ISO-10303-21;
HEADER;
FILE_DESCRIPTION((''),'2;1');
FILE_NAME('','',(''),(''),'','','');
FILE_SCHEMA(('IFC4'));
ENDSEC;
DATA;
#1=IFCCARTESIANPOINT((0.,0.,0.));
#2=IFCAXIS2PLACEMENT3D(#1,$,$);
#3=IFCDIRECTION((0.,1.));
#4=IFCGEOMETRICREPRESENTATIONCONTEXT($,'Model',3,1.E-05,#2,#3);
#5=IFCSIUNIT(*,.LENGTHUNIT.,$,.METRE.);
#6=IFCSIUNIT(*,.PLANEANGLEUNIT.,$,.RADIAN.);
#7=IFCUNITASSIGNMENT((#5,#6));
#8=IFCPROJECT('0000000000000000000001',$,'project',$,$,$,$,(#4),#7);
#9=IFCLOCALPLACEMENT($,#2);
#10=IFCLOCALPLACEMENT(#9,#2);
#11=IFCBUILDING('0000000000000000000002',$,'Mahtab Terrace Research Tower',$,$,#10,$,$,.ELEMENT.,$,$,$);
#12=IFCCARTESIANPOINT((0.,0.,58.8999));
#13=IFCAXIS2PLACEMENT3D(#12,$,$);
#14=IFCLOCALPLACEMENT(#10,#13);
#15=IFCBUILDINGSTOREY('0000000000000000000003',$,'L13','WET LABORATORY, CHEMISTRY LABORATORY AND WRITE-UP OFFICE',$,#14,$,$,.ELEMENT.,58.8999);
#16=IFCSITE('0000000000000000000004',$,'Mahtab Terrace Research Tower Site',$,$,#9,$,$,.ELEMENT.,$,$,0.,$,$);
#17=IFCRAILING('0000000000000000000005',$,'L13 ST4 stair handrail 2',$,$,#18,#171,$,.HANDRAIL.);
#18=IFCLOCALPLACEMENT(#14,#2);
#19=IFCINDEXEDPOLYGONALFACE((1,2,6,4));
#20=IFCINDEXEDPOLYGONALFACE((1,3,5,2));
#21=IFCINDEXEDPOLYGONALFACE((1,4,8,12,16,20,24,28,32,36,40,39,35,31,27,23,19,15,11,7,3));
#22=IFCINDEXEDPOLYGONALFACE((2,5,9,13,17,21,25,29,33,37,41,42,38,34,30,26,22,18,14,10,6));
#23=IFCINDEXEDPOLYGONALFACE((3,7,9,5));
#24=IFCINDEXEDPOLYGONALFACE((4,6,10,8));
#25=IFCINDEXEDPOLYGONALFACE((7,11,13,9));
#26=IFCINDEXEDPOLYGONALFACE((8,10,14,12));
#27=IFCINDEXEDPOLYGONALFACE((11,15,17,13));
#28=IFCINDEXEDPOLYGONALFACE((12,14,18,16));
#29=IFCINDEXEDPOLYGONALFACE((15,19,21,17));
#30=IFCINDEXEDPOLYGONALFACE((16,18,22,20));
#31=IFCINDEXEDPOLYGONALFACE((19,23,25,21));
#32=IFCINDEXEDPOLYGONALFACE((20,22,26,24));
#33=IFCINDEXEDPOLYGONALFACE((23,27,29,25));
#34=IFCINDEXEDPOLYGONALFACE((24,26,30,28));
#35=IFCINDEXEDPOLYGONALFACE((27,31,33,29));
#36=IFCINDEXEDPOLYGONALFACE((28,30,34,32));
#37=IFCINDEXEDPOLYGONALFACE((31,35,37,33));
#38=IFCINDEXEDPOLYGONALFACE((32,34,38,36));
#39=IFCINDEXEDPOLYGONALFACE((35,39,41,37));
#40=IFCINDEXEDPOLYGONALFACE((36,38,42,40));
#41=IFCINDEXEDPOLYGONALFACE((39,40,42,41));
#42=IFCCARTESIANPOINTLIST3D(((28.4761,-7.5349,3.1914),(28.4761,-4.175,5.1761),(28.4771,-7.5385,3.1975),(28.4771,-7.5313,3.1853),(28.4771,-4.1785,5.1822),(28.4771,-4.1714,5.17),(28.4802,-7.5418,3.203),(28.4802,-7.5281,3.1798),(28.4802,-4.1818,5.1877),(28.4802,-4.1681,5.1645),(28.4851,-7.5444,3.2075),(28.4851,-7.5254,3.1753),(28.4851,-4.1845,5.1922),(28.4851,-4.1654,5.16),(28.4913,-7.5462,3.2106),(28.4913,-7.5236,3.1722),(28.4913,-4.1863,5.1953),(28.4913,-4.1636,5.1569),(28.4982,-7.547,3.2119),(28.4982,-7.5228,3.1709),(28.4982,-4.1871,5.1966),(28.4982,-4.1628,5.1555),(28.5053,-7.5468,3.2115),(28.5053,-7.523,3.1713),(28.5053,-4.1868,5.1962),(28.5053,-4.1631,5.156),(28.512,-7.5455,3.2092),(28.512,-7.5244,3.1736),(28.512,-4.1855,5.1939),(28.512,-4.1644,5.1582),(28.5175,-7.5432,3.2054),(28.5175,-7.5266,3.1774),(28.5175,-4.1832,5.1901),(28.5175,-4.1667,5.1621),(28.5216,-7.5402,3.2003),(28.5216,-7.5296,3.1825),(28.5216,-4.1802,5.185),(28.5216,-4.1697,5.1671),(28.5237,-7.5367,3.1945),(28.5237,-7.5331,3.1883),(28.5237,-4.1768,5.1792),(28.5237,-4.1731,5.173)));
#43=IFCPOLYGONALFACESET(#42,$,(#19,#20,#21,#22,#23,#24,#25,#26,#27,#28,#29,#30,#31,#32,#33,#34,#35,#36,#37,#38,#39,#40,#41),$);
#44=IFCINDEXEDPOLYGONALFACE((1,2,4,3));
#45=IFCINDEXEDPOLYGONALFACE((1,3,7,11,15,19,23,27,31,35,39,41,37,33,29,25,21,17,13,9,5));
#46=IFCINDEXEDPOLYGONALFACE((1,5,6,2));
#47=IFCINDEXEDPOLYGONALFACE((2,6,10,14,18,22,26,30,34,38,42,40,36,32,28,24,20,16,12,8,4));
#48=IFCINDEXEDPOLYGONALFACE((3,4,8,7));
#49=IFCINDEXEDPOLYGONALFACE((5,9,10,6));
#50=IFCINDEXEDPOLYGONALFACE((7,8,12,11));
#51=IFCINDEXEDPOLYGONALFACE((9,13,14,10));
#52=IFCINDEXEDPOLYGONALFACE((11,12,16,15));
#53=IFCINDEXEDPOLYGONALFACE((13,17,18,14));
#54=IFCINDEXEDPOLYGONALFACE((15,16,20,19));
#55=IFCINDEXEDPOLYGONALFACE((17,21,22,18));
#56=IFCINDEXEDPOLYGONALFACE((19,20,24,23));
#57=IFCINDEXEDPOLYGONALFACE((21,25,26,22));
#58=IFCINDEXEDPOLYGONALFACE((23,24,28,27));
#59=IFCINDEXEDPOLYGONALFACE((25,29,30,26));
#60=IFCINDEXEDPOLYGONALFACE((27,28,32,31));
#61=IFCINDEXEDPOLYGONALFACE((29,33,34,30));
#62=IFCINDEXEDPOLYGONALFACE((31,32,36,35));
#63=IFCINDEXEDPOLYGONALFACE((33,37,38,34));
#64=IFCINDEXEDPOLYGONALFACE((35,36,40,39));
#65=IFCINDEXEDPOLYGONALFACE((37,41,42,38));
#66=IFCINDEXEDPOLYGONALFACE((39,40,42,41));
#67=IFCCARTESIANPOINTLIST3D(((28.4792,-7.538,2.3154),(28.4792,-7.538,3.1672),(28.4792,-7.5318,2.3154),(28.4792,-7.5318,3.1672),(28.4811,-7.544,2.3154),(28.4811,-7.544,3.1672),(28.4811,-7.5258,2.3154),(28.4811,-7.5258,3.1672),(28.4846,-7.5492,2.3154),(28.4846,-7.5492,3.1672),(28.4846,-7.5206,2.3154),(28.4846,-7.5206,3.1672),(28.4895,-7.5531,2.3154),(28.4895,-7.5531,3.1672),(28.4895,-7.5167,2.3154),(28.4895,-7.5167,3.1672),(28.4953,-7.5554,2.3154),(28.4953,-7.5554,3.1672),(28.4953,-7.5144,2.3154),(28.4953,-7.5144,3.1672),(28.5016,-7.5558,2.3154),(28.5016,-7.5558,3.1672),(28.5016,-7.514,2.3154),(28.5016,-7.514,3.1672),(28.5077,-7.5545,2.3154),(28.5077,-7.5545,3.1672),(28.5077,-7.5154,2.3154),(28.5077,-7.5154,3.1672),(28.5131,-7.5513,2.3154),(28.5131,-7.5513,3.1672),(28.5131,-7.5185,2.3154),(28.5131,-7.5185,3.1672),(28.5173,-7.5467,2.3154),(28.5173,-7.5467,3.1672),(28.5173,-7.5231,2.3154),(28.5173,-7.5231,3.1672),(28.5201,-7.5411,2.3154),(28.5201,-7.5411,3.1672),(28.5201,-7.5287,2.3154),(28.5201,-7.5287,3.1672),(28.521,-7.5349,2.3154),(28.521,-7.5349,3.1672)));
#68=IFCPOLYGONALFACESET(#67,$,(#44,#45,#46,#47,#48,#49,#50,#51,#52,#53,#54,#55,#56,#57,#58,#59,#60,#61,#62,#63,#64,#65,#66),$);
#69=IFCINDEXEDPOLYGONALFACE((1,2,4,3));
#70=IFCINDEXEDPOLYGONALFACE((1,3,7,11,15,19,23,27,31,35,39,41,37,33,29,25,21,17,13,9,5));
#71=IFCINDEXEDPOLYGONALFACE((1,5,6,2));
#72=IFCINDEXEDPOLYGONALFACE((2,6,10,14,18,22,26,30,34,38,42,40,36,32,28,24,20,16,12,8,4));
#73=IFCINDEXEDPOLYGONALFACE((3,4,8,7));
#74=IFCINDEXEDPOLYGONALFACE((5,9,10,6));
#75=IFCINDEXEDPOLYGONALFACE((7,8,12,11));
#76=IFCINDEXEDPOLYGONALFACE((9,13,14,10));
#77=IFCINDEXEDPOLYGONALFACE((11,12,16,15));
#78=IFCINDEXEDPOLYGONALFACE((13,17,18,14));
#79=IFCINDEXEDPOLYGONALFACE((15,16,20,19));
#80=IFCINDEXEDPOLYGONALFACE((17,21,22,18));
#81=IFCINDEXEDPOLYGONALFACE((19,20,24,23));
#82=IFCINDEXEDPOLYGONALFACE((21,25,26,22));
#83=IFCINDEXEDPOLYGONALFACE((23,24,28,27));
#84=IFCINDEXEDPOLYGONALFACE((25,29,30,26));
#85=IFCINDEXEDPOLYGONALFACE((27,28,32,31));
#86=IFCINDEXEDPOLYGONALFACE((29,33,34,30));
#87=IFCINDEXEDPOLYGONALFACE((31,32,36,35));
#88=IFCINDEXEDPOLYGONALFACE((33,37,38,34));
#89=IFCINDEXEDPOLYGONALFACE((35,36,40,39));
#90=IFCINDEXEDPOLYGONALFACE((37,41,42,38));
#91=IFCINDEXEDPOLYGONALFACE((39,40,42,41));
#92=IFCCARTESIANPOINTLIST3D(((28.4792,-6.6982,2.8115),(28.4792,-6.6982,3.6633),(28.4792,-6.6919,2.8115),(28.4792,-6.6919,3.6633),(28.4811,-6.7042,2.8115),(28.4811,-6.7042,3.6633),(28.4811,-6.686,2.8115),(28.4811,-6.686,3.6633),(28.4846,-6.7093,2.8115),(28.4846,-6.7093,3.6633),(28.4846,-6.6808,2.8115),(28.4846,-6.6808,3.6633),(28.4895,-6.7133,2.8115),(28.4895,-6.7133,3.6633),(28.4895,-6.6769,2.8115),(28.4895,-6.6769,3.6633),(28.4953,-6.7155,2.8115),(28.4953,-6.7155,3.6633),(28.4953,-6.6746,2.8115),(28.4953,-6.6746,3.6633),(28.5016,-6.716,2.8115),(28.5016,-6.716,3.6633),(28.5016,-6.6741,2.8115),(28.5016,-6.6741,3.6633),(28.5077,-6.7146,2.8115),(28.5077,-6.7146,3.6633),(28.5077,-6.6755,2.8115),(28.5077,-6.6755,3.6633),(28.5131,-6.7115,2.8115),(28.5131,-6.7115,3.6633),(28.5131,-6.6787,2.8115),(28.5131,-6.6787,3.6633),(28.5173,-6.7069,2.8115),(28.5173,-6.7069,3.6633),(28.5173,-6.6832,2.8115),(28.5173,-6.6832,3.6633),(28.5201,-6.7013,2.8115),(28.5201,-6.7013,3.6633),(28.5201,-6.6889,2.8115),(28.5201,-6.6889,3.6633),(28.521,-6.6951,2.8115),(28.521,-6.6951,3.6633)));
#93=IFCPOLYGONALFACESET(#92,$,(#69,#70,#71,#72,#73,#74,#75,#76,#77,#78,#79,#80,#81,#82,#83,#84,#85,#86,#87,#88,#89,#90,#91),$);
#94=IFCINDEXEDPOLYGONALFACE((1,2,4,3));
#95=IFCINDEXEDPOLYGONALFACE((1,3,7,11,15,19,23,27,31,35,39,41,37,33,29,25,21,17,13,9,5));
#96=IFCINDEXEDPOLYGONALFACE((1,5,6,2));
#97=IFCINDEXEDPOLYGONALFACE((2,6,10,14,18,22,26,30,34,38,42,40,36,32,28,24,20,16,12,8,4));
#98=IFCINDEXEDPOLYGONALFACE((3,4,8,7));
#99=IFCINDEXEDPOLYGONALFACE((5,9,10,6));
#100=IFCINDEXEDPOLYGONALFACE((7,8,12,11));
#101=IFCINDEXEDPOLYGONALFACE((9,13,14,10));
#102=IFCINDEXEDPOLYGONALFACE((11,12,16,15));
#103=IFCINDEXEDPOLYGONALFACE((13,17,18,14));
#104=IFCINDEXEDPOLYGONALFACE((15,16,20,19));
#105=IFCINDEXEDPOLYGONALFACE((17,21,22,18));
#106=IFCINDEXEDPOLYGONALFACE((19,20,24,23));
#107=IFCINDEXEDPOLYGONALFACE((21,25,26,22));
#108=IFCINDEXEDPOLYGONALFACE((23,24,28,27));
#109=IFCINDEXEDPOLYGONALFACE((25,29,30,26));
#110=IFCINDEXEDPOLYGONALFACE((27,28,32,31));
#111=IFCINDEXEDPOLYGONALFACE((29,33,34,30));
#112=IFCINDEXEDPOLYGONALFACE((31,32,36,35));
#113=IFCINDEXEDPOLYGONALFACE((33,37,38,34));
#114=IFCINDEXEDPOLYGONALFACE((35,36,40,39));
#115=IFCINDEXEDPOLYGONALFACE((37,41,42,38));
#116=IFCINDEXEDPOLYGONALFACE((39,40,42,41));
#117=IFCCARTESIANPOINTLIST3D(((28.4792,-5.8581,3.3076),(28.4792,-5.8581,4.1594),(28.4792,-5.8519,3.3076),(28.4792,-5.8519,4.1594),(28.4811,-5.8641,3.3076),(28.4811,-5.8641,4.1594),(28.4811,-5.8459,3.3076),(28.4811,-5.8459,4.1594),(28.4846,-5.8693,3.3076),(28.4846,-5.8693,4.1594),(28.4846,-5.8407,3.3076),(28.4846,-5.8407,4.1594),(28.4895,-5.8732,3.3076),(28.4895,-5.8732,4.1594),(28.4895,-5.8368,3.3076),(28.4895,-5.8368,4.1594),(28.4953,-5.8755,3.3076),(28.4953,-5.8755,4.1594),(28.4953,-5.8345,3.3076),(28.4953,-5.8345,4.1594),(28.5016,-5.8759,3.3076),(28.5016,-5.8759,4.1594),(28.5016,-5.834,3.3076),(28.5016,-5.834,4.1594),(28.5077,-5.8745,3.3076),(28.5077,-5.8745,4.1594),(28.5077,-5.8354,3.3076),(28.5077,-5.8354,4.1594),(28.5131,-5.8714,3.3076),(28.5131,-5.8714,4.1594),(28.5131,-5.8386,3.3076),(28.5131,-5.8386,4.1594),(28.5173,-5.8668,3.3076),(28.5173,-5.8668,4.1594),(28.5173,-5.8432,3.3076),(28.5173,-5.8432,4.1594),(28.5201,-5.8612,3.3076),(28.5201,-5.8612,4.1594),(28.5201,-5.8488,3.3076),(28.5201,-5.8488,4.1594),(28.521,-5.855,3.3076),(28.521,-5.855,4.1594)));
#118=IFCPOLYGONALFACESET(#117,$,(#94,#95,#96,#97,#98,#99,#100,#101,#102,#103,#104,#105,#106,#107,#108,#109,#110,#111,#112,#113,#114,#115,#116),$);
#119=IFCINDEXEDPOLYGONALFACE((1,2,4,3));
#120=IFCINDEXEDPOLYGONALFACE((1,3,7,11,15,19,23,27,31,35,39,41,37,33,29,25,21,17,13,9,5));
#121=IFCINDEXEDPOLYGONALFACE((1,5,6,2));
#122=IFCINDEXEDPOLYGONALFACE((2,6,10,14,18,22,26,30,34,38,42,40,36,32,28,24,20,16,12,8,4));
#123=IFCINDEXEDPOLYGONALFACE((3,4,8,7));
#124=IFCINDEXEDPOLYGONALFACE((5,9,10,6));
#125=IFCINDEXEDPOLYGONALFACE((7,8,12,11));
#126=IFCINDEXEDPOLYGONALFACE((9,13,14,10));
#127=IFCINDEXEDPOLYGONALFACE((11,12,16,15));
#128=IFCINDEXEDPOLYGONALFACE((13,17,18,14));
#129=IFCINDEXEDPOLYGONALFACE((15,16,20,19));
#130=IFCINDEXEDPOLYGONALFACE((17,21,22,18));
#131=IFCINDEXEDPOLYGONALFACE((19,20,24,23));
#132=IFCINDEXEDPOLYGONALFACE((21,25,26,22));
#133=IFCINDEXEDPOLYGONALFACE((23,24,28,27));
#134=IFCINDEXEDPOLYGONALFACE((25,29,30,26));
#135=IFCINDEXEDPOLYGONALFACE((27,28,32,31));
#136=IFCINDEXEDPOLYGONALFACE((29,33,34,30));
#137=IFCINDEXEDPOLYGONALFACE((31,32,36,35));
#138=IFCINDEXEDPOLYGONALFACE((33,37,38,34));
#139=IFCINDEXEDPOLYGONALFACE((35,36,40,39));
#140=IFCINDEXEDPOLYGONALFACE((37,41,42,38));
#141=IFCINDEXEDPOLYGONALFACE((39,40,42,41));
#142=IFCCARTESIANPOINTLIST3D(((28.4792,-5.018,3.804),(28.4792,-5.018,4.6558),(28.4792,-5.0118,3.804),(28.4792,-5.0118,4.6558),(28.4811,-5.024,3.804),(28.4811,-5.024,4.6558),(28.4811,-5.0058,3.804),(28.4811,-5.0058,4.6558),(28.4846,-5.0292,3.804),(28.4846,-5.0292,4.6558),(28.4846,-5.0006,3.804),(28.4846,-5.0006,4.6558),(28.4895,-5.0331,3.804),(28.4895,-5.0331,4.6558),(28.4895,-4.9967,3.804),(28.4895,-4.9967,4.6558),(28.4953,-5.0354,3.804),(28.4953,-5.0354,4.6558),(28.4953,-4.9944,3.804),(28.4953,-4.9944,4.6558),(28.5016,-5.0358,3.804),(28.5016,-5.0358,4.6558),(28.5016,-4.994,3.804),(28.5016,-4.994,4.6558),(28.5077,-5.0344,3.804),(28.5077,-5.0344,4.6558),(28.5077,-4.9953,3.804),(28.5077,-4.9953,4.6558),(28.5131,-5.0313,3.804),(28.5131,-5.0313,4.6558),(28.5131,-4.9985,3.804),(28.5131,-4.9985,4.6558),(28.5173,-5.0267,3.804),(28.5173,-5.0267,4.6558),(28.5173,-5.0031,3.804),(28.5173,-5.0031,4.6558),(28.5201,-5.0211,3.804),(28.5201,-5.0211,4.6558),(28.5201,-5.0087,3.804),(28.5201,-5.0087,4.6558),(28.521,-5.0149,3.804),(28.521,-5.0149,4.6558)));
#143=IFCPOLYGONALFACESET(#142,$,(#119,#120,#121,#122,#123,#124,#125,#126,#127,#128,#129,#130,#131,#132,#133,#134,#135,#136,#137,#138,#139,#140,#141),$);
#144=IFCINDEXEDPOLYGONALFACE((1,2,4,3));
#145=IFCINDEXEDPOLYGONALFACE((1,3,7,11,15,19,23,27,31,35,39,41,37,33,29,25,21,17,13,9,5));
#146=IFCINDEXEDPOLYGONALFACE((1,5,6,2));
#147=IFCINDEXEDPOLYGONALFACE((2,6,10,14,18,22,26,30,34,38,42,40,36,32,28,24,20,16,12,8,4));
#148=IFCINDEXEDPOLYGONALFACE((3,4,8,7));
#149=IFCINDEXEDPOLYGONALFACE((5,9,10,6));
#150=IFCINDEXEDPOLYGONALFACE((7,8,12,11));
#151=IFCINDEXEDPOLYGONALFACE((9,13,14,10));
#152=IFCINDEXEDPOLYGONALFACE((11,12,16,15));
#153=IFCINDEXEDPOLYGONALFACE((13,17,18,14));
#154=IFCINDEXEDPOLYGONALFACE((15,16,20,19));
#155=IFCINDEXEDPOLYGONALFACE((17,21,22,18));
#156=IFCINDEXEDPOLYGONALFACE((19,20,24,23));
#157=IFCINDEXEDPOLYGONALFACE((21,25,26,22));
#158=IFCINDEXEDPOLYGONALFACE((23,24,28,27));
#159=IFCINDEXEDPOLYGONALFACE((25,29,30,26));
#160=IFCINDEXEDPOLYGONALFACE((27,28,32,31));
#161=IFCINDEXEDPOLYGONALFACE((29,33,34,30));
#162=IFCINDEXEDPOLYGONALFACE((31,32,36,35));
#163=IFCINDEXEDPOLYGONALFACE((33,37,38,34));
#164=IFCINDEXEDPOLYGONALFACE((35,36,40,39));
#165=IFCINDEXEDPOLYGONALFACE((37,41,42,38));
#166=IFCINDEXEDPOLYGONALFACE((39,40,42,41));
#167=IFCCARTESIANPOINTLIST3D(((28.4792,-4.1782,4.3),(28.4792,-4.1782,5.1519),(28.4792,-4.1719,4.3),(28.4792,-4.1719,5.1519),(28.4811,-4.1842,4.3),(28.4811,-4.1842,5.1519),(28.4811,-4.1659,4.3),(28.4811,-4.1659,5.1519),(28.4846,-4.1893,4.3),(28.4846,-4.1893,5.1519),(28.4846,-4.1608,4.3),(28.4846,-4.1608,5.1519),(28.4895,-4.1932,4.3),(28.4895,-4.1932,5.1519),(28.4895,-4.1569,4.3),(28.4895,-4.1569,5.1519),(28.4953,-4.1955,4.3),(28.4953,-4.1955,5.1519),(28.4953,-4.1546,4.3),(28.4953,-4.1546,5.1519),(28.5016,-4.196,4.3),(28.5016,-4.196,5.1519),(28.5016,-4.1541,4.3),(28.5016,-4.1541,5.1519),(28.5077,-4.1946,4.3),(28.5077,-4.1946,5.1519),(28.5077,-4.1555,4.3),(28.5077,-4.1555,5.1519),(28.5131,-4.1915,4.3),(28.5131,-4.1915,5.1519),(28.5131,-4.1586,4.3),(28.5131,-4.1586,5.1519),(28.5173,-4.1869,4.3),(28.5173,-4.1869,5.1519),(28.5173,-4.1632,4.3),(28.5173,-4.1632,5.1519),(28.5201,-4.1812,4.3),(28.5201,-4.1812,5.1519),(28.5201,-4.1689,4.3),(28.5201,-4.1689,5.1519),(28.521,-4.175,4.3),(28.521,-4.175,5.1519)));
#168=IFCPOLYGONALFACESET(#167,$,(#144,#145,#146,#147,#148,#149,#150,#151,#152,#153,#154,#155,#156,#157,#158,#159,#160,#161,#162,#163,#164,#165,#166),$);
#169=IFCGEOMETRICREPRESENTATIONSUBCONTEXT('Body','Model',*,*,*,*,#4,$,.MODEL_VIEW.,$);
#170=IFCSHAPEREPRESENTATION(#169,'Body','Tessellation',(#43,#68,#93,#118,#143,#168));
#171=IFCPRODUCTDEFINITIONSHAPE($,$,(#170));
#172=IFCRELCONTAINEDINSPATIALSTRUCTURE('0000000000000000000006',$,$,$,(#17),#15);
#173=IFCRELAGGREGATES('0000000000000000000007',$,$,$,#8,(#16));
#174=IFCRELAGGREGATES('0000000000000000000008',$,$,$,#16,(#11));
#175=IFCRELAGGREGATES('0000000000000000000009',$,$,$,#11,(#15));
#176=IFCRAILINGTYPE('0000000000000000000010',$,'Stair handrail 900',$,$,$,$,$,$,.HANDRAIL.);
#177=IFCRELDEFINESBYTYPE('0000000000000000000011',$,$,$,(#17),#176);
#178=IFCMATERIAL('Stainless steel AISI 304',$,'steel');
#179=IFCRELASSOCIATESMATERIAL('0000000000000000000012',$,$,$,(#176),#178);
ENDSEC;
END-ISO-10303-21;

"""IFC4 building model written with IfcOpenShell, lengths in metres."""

from ifc_helpers import new_model, si_unit, direction, frame, origin, origin_2d, place, context, subcontext, project, spatial, circle, extrude, material, type_object, element, save


model = new_model("IFC4")

# Units and contexts
model_context = context("Model", 3, precision=1e-05, world=origin(), true_north=direction((0.0, 1.0)))
body_context = subcontext(model_context, "Body", "Model", "MODEL_VIEW")
ifc_project = project(units=[si_unit("LENGTHUNIT", "METRE"), si_unit("PLANEANGLEUNIT", "RADIAN")], contexts=[model_context])

# Site, building, storey
site_placement = place(None, origin())
site = spatial("IfcSite", under=ifc_project, at=site_placement, Name="Mahtab Terrace Research Tower Site", CompositionType="ELEMENT", RefElevation=0.0)
building_placement = place(site_placement, origin())
building = spatial("IfcBuilding", under=site, at=building_placement, Name="Mahtab Terrace Research Tower", CompositionType="ELEMENT")
storey_placement = place(building_placement, frame((0.0, 0.0, 58.8999)))
storey = spatial("IfcBuildingStorey", under=building, at=storey_placement, Name="L13", Description="WET LABORATORY, CHEMISTRY LABORATORY AND WRITE-UP OFFICE", CompositionType="ELEMENT", Elevation=58.8999)

# Railing
ifc_material_1 = material(Name="Stainless steel AISI 304", Category="steel")
railing_type_1 = type_object("IfcRailingType", Name="Stair handrail 900", PredefinedType="HANDRAIL", material=ifc_material_1)
railing_1_placement = place(storey_placement, frame((28.5, -7.5349, 2.3154)))
element("IfcRailing", 1, at=railing_1_placement, inside=storey, type_object=railing_type_1, Name="L13 ST4 stair handrail 2", PredefinedType="HANDRAIL", context=body_context, shape_type="SweptSolid", body=[
    extrude(circle(Radius=0.0239, at=origin_2d()), frame((0.0, 0.0, 0.876), z_axis=(0.0, 0.861011, 0.508586), x_axis=(-1.0, 0.0, 0.0)), (0.0, 0.0, 1.0), 3.9023),
    extrude(circle(Radius=0.021, at=origin_2d()), origin(), (0.0, 0.0, 1.0), 0.8518),
    extrude(circle(Radius=0.021, at=origin_2d()), frame((0.0, 0.8398, 0.4961)), (0.0, 0.0, 1.0), 0.8518),
    extrude(circle(Radius=0.021, at=origin_2d()), frame((0.0, 1.6799, 0.9922)), (0.0, 0.0, 1.0), 0.8518),
    extrude(circle(Radius=0.021, at=origin_2d()), frame((0.0, 2.52, 1.4885)), (0.0, 0.0, 1.0), 0.8518),
    extrude(circle(Radius=0.021, at=origin_2d()), frame((0.0, 3.3599, 1.9846)), (0.0, 0.0, 1.0), 0.8518),
])

save(model, "model.ifc")
